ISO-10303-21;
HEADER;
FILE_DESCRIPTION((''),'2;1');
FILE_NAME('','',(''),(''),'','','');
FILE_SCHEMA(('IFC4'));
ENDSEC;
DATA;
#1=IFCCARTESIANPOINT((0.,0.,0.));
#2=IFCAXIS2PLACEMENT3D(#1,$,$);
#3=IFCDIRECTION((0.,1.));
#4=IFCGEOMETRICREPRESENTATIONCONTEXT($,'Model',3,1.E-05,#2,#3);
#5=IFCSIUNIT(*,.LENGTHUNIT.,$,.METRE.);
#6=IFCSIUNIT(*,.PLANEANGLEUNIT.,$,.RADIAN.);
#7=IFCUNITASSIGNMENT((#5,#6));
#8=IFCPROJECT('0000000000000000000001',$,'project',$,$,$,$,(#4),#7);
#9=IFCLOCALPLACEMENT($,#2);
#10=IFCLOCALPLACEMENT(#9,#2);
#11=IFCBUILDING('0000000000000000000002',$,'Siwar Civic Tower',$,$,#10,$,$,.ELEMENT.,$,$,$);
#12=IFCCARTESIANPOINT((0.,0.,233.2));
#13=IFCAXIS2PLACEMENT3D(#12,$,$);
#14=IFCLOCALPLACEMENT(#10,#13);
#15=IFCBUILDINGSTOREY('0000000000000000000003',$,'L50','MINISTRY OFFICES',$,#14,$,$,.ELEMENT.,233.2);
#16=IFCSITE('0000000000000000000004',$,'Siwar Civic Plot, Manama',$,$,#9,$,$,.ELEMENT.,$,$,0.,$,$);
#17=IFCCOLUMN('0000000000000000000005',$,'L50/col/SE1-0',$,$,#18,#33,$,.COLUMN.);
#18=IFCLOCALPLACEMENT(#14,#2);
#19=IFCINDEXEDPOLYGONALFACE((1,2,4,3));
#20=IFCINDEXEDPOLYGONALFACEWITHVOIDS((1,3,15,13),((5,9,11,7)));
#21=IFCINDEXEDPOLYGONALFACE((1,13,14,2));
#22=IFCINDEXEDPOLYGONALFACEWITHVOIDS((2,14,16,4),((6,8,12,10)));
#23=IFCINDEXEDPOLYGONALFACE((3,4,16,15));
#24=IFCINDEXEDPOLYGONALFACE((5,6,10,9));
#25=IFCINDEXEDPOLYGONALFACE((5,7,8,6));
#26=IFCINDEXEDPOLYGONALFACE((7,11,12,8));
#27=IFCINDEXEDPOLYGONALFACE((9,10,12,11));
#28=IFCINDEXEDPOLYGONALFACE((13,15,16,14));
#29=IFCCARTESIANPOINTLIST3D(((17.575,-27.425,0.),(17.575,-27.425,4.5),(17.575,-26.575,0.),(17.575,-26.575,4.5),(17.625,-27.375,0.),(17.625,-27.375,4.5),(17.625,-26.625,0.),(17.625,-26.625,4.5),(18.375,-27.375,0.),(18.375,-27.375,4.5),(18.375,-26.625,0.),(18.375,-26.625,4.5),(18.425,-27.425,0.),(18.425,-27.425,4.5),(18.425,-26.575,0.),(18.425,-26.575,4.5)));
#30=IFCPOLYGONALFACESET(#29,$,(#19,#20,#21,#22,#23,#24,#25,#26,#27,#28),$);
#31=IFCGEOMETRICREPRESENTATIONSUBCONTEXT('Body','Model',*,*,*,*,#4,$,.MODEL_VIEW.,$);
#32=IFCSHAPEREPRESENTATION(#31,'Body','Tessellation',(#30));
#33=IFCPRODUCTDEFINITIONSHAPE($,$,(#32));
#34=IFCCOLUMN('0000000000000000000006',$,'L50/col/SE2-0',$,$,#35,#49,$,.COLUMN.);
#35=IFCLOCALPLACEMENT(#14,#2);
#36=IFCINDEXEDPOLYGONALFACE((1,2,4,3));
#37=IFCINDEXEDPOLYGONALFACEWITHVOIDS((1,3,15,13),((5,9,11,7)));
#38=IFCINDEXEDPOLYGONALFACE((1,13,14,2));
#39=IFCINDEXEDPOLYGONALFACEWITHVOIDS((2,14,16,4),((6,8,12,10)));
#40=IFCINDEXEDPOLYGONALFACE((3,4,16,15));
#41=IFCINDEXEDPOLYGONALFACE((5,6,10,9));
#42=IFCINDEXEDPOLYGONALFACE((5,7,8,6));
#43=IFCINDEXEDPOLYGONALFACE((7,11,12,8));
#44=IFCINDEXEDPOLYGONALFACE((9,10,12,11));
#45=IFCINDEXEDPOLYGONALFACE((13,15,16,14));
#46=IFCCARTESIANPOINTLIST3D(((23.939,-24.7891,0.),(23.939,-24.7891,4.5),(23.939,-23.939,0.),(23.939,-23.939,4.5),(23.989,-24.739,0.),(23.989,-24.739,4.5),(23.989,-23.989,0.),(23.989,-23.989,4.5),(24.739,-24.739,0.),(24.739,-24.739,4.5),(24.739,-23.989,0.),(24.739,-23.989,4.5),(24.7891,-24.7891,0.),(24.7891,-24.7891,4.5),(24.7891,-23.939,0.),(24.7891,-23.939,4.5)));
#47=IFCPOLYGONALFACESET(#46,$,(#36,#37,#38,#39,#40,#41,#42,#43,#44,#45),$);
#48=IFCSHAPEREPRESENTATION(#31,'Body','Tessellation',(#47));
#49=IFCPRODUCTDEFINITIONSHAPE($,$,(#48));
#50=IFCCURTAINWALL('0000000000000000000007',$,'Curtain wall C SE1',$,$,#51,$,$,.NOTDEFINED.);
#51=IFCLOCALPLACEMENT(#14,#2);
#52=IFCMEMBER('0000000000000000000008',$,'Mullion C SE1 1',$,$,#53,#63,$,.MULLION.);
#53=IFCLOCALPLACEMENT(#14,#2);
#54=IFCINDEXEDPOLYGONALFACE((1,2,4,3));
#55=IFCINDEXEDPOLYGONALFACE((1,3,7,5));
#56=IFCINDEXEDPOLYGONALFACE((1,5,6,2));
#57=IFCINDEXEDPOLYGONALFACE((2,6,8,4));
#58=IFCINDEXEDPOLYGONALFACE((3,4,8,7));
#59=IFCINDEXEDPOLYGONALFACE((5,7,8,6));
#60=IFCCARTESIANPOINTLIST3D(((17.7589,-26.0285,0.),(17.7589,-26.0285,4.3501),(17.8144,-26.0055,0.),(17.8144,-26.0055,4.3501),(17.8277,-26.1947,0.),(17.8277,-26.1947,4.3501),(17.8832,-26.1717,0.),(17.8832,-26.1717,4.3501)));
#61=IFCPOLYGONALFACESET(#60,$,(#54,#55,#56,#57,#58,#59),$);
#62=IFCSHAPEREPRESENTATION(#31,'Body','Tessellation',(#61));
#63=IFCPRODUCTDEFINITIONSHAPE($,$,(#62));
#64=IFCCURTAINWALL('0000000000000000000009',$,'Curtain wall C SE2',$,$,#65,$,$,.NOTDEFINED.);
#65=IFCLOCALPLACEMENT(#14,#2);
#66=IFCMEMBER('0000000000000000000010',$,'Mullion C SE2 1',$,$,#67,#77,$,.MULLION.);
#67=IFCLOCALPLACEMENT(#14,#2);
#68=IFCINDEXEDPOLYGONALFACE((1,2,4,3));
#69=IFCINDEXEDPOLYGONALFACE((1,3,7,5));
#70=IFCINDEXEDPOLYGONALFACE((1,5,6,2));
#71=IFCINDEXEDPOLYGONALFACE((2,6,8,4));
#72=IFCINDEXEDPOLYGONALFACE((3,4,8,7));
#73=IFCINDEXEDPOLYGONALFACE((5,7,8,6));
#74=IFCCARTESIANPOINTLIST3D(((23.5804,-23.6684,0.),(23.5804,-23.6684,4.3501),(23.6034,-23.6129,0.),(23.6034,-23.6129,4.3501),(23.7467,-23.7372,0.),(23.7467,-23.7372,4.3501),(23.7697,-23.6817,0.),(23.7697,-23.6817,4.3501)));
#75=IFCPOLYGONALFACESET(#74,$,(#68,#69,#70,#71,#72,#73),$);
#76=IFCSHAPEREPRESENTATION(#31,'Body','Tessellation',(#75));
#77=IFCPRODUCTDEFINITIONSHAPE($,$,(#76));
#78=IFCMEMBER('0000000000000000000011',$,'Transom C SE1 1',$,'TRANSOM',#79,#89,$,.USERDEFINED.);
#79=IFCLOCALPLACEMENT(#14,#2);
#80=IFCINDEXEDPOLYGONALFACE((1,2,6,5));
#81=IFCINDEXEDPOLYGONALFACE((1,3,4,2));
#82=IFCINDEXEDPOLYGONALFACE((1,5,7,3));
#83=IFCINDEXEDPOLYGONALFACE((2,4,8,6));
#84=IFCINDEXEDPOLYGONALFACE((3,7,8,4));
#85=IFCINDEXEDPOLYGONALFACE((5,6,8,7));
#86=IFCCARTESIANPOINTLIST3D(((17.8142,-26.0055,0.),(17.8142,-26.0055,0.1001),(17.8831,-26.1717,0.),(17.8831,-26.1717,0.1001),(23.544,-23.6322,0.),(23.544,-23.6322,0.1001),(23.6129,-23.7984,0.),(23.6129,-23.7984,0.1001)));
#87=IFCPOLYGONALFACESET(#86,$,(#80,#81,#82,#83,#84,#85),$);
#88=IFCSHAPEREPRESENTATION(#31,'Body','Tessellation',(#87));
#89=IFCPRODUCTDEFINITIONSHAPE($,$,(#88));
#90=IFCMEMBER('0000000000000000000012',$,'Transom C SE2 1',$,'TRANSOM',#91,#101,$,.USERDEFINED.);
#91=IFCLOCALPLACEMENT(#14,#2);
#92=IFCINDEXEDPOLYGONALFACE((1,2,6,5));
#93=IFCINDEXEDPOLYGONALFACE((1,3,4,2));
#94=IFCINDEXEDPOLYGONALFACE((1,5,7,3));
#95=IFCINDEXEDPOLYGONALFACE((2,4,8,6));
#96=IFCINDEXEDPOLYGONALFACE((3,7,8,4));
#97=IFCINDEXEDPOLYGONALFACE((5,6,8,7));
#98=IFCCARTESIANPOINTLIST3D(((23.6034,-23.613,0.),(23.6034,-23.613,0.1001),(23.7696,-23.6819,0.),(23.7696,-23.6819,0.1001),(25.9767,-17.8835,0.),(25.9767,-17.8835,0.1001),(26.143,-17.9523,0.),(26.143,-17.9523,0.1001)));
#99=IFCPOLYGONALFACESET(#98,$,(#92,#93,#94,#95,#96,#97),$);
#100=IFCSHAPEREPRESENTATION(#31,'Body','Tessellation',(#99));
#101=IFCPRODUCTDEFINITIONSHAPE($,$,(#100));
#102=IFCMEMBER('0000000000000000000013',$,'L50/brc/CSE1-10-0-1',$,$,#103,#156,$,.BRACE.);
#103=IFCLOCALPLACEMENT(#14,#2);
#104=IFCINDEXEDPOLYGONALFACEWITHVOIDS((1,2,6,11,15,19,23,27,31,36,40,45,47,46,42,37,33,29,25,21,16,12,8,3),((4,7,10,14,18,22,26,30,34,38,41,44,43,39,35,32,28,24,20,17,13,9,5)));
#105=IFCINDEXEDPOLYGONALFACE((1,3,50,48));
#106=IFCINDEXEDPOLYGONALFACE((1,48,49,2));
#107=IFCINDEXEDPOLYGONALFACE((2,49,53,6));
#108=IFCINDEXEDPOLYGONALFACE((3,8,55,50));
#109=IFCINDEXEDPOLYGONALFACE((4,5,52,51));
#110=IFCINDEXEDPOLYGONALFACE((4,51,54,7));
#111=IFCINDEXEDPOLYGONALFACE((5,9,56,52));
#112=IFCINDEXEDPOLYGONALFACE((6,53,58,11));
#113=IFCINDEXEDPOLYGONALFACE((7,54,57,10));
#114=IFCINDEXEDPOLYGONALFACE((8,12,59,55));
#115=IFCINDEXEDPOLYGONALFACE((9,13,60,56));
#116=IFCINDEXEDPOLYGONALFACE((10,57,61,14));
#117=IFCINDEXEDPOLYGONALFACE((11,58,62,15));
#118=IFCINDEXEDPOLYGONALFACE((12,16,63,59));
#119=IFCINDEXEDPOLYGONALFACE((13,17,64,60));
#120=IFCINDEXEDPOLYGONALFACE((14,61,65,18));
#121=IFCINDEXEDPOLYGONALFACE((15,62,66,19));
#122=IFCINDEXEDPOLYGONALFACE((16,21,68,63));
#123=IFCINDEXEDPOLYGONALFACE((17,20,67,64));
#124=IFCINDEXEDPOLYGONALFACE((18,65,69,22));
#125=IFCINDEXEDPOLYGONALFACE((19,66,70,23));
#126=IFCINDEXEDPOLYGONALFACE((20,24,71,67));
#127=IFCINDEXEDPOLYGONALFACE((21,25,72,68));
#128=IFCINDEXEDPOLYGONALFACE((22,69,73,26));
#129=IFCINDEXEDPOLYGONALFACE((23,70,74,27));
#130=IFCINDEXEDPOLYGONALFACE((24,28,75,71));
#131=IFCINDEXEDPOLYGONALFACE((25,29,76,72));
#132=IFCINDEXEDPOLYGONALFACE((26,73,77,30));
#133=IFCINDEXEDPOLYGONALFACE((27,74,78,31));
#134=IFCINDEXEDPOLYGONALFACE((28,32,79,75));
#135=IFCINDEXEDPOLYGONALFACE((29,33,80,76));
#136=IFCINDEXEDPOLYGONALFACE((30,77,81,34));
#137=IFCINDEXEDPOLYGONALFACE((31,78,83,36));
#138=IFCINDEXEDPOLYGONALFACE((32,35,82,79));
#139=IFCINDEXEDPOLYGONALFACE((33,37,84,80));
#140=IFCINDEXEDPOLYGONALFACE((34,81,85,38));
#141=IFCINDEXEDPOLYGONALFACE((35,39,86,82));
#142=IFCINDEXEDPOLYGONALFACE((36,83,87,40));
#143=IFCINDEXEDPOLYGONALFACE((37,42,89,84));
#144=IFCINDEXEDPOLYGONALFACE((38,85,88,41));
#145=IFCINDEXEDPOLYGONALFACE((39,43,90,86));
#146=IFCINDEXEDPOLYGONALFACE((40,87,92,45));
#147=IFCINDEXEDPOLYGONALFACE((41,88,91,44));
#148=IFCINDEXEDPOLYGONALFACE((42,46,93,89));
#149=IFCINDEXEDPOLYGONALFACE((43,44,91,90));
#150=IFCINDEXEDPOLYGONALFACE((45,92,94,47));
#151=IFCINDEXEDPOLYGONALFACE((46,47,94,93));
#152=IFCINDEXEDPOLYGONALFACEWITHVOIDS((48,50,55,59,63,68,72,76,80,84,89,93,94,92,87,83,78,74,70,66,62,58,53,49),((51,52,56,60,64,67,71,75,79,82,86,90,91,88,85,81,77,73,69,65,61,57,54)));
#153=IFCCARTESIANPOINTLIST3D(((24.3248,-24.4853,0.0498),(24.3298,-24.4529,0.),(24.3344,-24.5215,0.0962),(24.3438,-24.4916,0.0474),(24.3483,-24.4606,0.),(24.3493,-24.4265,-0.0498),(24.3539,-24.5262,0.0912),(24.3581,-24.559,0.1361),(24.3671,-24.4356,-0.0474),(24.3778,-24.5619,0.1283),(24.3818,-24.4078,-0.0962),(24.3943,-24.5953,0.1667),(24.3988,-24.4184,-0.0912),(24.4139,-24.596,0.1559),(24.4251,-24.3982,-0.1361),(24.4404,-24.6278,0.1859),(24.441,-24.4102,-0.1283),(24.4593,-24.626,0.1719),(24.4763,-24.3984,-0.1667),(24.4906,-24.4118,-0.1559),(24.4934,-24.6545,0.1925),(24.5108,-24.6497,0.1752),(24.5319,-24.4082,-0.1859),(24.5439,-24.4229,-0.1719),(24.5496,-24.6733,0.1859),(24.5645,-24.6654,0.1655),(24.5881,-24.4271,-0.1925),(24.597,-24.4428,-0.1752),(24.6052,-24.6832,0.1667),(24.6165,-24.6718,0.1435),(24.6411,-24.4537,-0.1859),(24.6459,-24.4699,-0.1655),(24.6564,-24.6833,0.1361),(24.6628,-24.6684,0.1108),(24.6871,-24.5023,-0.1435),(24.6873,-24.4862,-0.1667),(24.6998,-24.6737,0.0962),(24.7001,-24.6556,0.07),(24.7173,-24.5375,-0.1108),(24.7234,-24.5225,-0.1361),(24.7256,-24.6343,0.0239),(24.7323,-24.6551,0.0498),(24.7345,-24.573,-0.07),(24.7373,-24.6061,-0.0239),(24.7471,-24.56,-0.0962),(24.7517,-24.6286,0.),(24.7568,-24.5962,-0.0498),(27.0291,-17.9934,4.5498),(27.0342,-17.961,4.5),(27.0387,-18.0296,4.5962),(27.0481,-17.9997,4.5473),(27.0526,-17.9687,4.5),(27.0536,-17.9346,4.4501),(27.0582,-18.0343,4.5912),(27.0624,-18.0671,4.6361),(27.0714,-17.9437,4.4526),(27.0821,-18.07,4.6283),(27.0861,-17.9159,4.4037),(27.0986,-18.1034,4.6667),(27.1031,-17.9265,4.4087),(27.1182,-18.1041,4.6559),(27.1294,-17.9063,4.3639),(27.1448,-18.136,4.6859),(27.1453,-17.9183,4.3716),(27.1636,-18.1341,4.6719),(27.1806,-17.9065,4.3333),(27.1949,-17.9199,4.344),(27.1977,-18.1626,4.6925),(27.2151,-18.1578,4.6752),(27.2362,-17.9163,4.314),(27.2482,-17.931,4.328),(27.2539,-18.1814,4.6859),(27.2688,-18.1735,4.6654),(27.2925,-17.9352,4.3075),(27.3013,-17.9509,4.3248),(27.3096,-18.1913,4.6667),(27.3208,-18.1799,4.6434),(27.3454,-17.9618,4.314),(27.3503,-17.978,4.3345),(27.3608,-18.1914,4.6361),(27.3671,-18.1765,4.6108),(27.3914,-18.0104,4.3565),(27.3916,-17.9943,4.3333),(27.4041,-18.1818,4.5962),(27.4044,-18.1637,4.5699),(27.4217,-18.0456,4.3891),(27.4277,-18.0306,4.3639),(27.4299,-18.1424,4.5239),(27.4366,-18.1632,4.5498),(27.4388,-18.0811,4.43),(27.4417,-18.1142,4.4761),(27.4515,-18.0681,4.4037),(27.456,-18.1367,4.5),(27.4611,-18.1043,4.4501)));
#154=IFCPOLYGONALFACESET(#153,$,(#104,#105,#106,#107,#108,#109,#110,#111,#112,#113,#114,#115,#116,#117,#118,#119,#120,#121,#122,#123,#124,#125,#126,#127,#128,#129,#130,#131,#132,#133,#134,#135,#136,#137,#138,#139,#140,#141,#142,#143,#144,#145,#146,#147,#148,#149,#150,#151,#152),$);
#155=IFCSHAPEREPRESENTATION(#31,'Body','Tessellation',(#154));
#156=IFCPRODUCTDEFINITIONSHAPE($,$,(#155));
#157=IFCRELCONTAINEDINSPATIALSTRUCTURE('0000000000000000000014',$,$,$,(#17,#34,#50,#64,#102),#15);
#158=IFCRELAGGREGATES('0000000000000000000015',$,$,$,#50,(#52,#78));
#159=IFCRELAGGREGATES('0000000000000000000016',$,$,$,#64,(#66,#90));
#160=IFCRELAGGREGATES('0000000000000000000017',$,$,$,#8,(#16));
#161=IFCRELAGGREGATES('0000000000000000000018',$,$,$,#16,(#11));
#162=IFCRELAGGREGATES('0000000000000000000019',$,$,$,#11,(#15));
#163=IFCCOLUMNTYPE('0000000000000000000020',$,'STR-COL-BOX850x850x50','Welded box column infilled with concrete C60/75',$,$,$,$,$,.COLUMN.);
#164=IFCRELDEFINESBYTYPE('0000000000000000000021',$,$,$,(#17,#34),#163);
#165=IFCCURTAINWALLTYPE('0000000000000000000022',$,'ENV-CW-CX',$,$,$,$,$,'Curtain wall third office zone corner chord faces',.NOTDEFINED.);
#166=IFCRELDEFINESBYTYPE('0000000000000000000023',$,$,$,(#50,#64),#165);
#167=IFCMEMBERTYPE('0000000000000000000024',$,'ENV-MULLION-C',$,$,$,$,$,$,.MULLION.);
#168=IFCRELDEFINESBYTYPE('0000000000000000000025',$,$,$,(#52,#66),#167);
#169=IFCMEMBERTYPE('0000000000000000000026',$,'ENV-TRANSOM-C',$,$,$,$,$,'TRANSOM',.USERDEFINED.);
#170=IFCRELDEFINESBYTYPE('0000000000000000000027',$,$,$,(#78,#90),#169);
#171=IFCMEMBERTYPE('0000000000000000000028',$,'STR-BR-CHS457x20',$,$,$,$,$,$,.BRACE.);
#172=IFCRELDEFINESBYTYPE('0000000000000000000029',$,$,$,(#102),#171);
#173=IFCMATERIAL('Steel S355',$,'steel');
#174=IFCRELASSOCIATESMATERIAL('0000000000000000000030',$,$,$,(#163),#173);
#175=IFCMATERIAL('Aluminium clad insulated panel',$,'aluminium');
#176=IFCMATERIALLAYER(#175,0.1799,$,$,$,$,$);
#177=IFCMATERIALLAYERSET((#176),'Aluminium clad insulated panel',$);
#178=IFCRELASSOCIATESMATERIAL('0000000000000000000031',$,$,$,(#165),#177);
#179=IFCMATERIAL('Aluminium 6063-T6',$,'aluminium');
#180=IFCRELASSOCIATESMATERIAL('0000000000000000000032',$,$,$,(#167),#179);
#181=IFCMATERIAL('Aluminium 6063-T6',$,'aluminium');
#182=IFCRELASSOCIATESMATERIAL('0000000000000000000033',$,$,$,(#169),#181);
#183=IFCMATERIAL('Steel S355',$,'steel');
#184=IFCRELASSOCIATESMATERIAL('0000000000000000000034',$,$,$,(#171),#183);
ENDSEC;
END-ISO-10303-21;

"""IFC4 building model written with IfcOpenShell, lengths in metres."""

from ifc_helpers import new_model, si_unit, direction, frame, origin, origin_2d, place, context, subcontext, project, spatial, rectangle, hollow_rectangle, hollow_circle, extrude, material, layer, layer_set, material_profile, profile_set, type_object, element, aggregate, save


model = new_model("IFC4")

# Units and contexts
model_context = context("Model", 3, precision=1e-05, world=origin(), true_north=direction((0.0, 1.0)))
body_context = subcontext(model_context, "Body", "Model", "MODEL_VIEW")
ifc_project = project(units=[si_unit("LENGTHUNIT", "METRE"), si_unit("PLANEANGLEUNIT", "RADIAN")], contexts=[model_context])

# Site, building, storey
site_placement = place(None, origin())
site = spatial("IfcSite", under=ifc_project, at=site_placement, Name="Siwar Civic Plot, Manama", CompositionType="ELEMENT", RefElevation=0.0)
building_placement = place(site_placement, origin())
building = spatial("IfcBuilding", under=site, at=building_placement, Name="Siwar Civic Tower", CompositionType="ELEMENT")
storey_placement = place(building_placement, frame((0.0, 0.0, 233.2)))
storey = spatial("IfcBuildingStorey", under=building, at=storey_placement, Name="L50", Description="MINISTRY OFFICES", CompositionType="ELEMENT", Elevation=233.2)

# Columns
ifc_material_1 = material(Name="Steel S355", Category="steel")
ifc_material_profile_1 = material_profile(ifc_material_1, hollow_rectangle(XDim=0.8501, YDim=0.8501, WallThickness=0.05, at=origin_2d()), Name="BOX850x850x50")
ifc_profile_set_1 = profile_set([ifc_material_profile_1], Name="Steel S355")
column_type = type_object("IfcColumnType", Name="STR-COL-BOX850x850x50", Description="Welded box column infilled with concrete C60/75", PredefinedType="COLUMN", material=ifc_profile_set_1)
for number, where, z_axis, x_axis, name in (
    (1, (18.0, -27.0, 0.0), (0.0, 0.0, 1.0), (1.0, 0.0, 0.0), "L50/col/SE1-0"),
    (2, (24.364, -24.364, 0.0), (0.0, 0.0, 1.0), (1.0, 0.0, 0.0), "L50/col/SE2-0"),
):
    element("IfcColumn", number, at=place(storey_placement, frame(where, z_axis=z_axis, x_axis=x_axis)), inside=storey, type_object=column_type, Name=name, PredefinedType="COLUMN", context=body_context, shape_type="SweptSolid", body=[
        extrude(hollow_rectangle(XDim=0.8501, YDim=0.8501, WallThickness=0.05, at=origin_2d()), origin(), (0.0, 0.0, 1.0), 4.5),
    ])

# Curtain walls, members
ifc_material_2 = material(Name="Aluminium clad insulated panel", Category="aluminium")
ifc_layer_1 = layer(ifc_material_2, 0.1799)
ifc_layer_set_1 = layer_set([ifc_layer_1], Name="Aluminium clad insulated panel")
curtain_wall_type = type_object("IfcCurtainWallType", Name="ENV-CW-CX", ElementType="Curtain wall third office zone corner chord faces", PredefinedType="NOTDEFINED", material=ifc_layer_set_1)
curtain_wall_1_placement = place(storey_placement, origin())
curtain_wall_1 = element("IfcCurtainWall", 3, at=curtain_wall_1_placement, inside=storey, type_object=curtain_wall_type, Name="Curtain wall C SE1", PredefinedType="NOTDEFINED")
ifc_material_3 = material(Name="Aluminium 6063-T6", Category="aluminium")
ifc_material_profile_2 = material_profile(ifc_material_3, rectangle(XDim=0.1799, YDim=0.0601, at=origin_2d()), Name="AL 180x60")
ifc_profile_set_2 = profile_set([ifc_material_profile_2], Name="Aluminium 6063-T6")
member_type_1 = type_object("IfcMemberType", Name="ENV-MULLION-C", PredefinedType="MULLION", material=ifc_profile_set_2)
member_1_placement = place(storey_placement, frame((17.821, -26.1001, 0.0), z_axis=(0.0, 0.0, 1.0), x_axis=(-0.382683, 0.92388, 0.0)))
member_1 = element("IfcMember", 4, at=member_1_placement, type_object=member_type_1, Name="Mullion C SE1 1", PredefinedType="MULLION", context=body_context, shape_type="SweptSolid", body=[
    extrude(rectangle(XDim=0.1799, YDim=0.0601, at=origin_2d()), origin(), (0.0, 0.0, 1.0), 4.3501),
])
curtain_wall_2_placement = place(storey_placement, origin())
curtain_wall_2 = element("IfcCurtainWall", 5, at=curtain_wall_2_placement, inside=storey, type_object=curtain_wall_type, Name="Curtain wall C SE2", PredefinedType="NOTDEFINED")
member_2_placement = place(storey_placement, frame((23.675, -23.675, 0.0), z_axis=(0.0, 0.0, 1.0), x_axis=(-0.92388, 0.382683, 0.0)))
member_2 = element("IfcMember", 6, at=member_2_placement, type_object=member_type_1, Name="Mullion C SE2 1", PredefinedType="MULLION", context=body_context, shape_type="SweptSolid", body=[
    extrude(rectangle(XDim=0.1799, YDim=0.0601, at=origin_2d()), origin(), (0.0, 0.0, 1.0), 4.3501),
])

# Members
ifc_material_4 = material(Name="Aluminium 6063-T6", Category="aluminium")
ifc_material_profile_3 = material_profile(ifc_material_4, rectangle(XDim=0.1799, YDim=0.1001, at=origin_2d()), Name="AL 180x100")
ifc_profile_set_3 = profile_set([ifc_material_profile_3], Name="Aluminium 6063-T6")
member_type_2 = type_object("IfcMemberType", Name="ENV-TRANSOM-C", ElementType="TRANSOM", PredefinedType="USERDEFINED", material=ifc_profile_set_3)
member_3_placement = place(storey_placement, frame((17.8486, -26.0886, 0.05), z_axis=(0.923882, 0.382677, 0.0), x_axis=(-0.382677, 0.923882, 0.0)))
member_3 = element("IfcMember", 7, at=member_3_placement, type_object=member_type_2, Name="Transom C SE1 1", ObjectType="TRANSOM", PredefinedType="USERDEFINED", context=body_context, shape_type="SweptSolid", body=[
    extrude(rectangle(XDim=0.1799, YDim=0.1001, at=origin_2d()), origin(), (0.0, 0.0, 1.0), 6.2019),
])
member_4_placement = place(storey_placement, frame((23.6865, -23.6475, 0.05), z_axis=(0.382691, 0.923876, 0.0), x_axis=(-0.923876, 0.382691, 0.0)))
member_4 = element("IfcMember", 8, at=member_4_placement, type_object=member_type_2, Name="Transom C SE2 1", ObjectType="TRANSOM", PredefinedType="USERDEFINED", context=body_context, shape_type="SweptSolid", body=[
    extrude(rectangle(XDim=0.1799, YDim=0.1001, at=origin_2d()), origin(), (0.0, 0.0, 1.0), 6.2017),
])

# Member
ifc_material_5 = material(Name="Steel S355", Category="steel")
ifc_material_profile_4 = material_profile(ifc_material_5, hollow_circle(Radius=0.2285, WallThickness=0.02, at=origin_2d()), Name="CHS457x20")
ifc_profile_set_4 = profile_set([ifc_material_profile_4], Name="Steel S355")
member_type_3 = type_object("IfcMemberType", Name="STR-BR-CHS457x20", PredefinedType="BRACE", material=ifc_profile_set_4)
member_5_placement = place(storey_placement, frame((24.5408, -24.5408, 0.0), z_axis=(0.323906, 0.777555, 0.538975), x_axis=(-0.923109, 0.384539, 0.0)))
element("IfcMember", 9, at=member_5_placement, inside=storey, type_object=member_type_3, Name="L50/brc/CSE1-10-0-1", PredefinedType="BRACE", context=body_context, shape_type="SweptSolid", body=[
    extrude(hollow_circle(Radius=0.2285, WallThickness=0.02, at=origin_2d()), origin(), (0.0, 0.0, 1.0), 8.3491),
])

aggregate(curtain_wall_1, [member_1, member_3])
aggregate(curtain_wall_2, [member_2, member_4])

save(model, "model.ifc")
